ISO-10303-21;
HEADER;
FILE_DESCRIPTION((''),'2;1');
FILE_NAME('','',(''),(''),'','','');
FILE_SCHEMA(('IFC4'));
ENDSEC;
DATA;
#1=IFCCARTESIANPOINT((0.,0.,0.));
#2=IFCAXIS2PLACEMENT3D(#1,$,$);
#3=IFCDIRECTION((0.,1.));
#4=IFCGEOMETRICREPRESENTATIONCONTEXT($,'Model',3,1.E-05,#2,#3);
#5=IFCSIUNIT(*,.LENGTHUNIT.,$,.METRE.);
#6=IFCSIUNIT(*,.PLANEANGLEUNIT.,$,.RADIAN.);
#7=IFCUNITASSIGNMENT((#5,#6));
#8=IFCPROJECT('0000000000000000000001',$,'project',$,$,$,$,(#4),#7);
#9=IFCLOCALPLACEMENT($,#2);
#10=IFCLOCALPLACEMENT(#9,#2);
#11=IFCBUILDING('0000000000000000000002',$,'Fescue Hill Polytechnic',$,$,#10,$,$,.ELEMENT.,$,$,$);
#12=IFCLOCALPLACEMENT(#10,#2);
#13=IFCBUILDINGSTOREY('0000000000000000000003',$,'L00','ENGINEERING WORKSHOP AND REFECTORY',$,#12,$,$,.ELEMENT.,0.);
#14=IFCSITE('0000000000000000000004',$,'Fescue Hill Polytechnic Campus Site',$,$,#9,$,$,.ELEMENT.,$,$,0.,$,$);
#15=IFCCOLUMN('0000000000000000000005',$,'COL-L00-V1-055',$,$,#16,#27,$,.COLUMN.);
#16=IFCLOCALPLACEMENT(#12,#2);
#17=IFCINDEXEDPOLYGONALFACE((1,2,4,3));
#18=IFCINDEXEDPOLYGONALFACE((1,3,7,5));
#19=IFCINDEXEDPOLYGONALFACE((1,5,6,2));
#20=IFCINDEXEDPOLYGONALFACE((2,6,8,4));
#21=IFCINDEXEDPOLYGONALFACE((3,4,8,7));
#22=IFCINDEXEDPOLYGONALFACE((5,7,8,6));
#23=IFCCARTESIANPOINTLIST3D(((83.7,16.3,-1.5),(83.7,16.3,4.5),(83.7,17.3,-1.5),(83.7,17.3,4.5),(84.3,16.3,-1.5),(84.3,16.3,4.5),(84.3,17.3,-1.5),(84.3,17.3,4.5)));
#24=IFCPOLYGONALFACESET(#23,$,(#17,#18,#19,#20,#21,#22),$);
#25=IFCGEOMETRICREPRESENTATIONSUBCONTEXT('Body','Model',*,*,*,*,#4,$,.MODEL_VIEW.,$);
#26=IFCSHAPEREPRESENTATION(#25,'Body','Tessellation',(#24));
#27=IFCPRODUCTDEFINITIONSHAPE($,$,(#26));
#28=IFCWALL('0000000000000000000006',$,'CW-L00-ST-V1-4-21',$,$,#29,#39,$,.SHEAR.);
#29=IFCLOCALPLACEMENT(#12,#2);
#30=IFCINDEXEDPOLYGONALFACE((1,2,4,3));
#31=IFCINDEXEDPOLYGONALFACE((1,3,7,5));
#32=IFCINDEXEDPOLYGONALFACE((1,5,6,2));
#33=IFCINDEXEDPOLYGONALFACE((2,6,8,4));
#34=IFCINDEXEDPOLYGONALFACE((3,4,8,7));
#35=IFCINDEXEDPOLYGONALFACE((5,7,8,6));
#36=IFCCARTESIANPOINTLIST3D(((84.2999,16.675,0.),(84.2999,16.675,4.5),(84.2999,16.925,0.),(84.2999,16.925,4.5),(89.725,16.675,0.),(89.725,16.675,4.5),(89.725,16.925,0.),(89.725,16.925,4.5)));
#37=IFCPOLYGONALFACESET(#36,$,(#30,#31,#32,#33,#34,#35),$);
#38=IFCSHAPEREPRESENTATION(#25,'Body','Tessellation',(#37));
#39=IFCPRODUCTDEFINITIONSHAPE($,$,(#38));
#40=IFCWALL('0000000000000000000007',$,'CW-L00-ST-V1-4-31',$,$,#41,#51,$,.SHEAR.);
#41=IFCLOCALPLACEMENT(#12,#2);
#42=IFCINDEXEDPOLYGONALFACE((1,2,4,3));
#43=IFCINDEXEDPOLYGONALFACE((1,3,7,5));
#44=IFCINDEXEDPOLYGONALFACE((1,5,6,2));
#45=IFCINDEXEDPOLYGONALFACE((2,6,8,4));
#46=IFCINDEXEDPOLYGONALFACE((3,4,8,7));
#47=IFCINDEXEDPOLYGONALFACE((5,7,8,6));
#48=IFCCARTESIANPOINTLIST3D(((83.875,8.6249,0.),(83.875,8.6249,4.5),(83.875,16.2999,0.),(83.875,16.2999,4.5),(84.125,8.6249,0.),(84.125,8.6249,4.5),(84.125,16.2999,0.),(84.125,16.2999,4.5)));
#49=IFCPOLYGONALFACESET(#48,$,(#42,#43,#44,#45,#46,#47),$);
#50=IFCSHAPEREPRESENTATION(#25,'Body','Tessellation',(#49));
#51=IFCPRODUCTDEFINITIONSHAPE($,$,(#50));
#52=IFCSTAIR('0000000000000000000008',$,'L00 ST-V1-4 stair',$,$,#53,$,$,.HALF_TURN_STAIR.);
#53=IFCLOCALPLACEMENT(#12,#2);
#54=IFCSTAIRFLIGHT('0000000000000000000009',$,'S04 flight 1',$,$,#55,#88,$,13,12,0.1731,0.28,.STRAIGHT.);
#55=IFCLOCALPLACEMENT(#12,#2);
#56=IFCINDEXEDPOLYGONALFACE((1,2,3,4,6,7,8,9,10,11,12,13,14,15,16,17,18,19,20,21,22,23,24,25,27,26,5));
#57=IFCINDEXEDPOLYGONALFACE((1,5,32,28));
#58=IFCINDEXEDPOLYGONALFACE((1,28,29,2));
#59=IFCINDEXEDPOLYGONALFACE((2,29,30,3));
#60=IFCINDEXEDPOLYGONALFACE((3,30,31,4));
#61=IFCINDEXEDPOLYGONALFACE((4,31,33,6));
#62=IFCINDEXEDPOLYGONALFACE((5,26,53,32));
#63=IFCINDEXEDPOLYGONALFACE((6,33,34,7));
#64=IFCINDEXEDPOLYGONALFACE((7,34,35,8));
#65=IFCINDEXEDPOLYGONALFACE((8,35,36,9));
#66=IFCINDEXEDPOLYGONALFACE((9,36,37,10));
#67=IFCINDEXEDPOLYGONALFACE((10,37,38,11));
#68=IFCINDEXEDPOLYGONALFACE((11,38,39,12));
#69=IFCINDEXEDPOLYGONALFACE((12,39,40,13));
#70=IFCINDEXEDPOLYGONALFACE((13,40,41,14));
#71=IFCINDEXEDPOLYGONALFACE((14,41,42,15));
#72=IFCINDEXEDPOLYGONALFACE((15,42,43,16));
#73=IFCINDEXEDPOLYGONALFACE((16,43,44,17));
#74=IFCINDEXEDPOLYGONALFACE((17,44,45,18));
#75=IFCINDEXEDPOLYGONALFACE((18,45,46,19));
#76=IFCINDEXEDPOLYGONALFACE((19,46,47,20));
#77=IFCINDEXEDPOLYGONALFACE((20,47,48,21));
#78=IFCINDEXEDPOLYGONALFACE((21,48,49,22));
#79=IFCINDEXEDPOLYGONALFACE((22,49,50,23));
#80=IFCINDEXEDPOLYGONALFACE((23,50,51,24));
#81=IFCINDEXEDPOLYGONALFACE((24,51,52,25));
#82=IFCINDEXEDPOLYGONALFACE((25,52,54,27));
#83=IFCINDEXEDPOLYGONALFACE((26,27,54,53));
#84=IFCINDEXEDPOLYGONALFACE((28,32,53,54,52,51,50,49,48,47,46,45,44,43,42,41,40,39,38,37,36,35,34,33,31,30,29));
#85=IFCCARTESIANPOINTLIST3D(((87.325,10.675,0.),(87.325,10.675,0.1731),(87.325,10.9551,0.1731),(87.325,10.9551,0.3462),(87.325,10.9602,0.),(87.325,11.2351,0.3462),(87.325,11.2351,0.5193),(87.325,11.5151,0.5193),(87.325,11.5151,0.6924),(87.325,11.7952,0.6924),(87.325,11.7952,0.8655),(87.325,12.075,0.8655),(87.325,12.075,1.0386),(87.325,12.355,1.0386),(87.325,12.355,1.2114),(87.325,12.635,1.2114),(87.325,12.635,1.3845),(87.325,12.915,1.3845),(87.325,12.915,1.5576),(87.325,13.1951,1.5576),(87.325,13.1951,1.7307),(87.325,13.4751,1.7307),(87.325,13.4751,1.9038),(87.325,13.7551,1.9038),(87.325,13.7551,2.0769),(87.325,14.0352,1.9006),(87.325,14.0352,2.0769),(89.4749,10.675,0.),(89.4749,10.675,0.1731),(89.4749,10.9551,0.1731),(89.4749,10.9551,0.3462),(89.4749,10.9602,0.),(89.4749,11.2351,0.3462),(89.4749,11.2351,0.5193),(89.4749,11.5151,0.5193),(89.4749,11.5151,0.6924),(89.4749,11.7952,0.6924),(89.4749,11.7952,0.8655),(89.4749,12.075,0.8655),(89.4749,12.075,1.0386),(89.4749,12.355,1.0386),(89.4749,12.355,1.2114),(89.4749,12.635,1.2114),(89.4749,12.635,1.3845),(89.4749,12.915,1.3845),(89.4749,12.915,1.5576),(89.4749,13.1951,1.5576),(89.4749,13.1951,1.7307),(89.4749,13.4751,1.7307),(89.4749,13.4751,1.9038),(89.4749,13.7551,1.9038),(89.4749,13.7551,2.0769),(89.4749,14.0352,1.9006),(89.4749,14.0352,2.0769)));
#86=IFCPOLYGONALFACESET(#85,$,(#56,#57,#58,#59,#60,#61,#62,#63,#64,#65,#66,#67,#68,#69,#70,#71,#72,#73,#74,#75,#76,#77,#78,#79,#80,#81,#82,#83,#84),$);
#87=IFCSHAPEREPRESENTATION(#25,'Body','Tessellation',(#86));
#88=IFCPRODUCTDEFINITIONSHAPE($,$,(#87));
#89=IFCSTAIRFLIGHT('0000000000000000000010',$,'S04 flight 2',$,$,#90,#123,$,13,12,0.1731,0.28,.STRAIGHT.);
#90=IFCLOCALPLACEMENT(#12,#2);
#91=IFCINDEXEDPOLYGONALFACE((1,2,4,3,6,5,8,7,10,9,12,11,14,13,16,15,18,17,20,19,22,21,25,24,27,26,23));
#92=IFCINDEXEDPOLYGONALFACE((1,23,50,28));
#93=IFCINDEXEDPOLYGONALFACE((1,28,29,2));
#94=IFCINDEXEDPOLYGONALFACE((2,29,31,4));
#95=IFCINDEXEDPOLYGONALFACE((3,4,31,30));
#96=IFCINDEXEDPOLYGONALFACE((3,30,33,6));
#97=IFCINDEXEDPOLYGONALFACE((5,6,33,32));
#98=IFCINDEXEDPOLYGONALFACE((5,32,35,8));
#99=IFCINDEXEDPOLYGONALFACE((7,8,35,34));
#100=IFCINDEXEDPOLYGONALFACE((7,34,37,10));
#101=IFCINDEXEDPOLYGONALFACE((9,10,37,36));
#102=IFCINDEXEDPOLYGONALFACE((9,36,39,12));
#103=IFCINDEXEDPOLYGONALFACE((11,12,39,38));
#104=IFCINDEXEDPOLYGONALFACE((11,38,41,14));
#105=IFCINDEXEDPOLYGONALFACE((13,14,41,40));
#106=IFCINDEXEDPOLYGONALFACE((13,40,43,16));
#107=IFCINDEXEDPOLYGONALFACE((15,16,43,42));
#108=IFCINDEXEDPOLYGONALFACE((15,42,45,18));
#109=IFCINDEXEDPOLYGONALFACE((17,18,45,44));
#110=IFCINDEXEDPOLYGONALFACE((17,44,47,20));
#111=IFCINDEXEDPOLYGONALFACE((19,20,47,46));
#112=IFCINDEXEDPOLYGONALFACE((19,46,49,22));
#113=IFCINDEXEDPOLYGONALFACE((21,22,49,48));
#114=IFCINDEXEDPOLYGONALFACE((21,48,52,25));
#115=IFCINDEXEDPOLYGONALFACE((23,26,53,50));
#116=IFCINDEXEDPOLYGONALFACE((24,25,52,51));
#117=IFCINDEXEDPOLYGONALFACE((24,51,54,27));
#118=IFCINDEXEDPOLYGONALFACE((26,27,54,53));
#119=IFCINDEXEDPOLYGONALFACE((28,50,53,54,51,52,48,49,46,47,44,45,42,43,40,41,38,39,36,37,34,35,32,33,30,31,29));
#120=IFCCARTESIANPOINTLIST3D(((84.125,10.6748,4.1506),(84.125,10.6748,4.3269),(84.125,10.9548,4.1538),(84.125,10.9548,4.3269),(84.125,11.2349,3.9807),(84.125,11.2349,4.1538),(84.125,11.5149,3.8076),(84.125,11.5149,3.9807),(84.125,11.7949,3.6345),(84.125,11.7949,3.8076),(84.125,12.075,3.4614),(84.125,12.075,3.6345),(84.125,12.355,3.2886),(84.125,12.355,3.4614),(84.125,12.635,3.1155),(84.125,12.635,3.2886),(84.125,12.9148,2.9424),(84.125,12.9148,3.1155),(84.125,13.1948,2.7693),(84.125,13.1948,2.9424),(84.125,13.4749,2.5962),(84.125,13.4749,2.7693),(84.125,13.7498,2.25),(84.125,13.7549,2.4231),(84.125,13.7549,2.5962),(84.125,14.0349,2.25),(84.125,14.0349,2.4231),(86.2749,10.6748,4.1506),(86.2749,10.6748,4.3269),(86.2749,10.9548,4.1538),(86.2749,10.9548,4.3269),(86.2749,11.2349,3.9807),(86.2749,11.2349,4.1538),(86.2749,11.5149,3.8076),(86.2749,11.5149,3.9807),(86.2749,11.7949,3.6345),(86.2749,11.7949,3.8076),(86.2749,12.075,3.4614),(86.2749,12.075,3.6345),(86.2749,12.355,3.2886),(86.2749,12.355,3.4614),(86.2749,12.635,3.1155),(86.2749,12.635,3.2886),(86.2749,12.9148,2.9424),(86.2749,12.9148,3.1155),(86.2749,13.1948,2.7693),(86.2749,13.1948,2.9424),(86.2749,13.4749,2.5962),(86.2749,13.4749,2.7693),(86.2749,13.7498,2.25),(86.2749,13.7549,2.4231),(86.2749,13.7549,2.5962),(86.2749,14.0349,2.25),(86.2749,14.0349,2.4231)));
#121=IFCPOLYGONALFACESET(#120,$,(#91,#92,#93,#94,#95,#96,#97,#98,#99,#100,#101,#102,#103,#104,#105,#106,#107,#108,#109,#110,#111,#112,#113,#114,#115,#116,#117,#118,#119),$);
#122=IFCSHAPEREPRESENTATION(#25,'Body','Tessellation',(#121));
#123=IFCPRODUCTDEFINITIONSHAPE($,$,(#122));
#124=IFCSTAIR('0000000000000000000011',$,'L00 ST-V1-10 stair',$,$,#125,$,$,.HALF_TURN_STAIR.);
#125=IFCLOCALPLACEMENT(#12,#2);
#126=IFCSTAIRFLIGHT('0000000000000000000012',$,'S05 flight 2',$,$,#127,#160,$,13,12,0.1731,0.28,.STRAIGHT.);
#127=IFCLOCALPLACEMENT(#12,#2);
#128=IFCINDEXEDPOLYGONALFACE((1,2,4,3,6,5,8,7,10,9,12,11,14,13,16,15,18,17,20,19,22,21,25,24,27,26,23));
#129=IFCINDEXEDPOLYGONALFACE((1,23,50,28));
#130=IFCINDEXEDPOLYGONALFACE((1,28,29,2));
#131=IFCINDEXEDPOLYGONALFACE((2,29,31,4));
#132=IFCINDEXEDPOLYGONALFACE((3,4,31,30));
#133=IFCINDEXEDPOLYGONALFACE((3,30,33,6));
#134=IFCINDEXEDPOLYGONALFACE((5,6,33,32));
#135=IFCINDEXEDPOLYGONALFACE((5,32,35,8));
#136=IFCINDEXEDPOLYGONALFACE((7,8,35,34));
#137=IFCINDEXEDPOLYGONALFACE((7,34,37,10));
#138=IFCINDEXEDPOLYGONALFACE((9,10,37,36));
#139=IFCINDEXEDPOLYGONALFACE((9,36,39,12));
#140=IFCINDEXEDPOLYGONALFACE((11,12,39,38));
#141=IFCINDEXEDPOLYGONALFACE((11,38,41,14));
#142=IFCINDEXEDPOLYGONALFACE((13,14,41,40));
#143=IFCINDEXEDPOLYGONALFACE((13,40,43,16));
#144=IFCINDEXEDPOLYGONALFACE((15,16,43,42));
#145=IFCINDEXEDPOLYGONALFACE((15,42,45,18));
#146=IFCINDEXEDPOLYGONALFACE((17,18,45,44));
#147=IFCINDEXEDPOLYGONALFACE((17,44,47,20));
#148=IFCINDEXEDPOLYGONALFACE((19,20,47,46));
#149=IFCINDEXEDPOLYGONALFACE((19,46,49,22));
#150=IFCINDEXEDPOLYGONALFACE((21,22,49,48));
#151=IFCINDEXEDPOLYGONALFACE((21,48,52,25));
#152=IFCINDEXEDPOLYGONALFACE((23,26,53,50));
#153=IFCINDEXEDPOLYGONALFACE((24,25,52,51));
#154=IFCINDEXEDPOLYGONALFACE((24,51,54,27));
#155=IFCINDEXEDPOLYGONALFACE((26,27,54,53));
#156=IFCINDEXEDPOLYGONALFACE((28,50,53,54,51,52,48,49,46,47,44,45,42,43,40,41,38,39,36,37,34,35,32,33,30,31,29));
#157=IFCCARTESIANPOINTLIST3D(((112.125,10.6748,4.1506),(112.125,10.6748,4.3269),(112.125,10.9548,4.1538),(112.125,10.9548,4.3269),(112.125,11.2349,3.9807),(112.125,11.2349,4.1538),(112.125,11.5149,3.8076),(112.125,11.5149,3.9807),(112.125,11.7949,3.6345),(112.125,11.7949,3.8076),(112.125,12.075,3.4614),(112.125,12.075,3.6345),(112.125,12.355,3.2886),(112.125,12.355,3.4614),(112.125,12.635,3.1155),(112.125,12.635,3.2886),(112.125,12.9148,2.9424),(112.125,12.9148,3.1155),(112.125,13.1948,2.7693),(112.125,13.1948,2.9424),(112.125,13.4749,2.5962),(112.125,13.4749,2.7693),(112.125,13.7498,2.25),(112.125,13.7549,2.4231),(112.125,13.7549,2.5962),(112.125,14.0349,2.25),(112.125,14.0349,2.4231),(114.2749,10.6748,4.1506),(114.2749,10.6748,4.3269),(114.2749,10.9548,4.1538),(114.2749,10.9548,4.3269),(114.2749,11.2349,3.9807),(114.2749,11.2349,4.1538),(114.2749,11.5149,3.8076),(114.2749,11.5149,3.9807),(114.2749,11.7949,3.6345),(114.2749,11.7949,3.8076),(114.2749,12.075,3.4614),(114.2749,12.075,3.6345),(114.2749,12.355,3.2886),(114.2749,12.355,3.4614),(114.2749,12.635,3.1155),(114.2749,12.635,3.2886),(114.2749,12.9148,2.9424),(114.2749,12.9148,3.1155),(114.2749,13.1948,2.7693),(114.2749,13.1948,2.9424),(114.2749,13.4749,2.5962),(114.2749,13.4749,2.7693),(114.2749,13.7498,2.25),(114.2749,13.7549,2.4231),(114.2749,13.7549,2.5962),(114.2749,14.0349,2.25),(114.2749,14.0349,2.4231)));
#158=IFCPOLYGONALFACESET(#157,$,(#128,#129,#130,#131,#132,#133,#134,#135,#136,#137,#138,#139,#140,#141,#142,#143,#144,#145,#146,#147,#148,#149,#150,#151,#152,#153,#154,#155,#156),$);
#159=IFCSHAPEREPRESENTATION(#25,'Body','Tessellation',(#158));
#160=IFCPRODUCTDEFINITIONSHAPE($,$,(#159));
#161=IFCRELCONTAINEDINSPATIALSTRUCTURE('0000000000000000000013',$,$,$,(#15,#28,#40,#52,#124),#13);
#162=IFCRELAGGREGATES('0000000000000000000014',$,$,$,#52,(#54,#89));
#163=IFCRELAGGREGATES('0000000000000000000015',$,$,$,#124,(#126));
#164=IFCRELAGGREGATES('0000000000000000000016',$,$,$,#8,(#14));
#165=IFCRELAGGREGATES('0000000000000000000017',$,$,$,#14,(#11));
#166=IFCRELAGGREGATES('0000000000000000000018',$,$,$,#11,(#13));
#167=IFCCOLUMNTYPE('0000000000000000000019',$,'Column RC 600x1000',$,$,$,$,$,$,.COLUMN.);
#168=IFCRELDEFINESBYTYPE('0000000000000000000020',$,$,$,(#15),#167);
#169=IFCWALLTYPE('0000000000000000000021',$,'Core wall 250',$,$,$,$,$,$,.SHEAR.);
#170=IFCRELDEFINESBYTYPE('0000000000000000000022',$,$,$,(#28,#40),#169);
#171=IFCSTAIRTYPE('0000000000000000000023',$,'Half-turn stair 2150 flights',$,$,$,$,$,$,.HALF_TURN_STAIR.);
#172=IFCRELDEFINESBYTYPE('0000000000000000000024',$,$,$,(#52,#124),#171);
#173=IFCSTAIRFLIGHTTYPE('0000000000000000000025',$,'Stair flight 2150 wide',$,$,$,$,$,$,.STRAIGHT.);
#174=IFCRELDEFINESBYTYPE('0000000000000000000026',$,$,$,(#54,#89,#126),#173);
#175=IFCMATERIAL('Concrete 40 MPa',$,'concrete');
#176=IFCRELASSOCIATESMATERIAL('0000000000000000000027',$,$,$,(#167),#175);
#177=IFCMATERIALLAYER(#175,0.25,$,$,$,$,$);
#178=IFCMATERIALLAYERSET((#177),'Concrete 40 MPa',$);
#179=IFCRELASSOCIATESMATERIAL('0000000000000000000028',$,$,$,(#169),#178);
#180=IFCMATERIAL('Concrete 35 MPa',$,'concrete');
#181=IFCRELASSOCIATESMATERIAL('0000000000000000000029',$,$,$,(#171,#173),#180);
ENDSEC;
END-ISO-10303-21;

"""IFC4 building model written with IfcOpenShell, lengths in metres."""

from ifc_helpers import new_model, si_unit, direction, frame, frame_2d, origin, origin_2d, place, context, subcontext, project, spatial, polyline, rectangle, outline, extrude, material, layer, layer_set, material_profile, profile_set, type_object, element, aggregate, save


model = new_model("IFC4")

# Units and contexts
model_context = context("Model", 3, precision=1e-05, world=origin(), true_north=direction((0.0, 1.0)))
body_context = subcontext(model_context, "Body", "Model", "MODEL_VIEW")
ifc_project = project(units=[si_unit("LENGTHUNIT", "METRE"), si_unit("PLANEANGLEUNIT", "RADIAN")], contexts=[model_context])

# Site, building, storey
site_placement = place(None, origin())
site = spatial("IfcSite", under=ifc_project, at=site_placement, Name="Fescue Hill Polytechnic Campus Site", CompositionType="ELEMENT", RefElevation=0.0)
building_placement = place(site_placement, origin())
building = spatial("IfcBuilding", under=site, at=building_placement, Name="Fescue Hill Polytechnic", CompositionType="ELEMENT")
storey_placement = place(building_placement, origin())
storey = spatial("IfcBuildingStorey", under=building, at=storey_placement, Name="L00", Description="ENGINEERING WORKSHOP AND REFECTORY", CompositionType="ELEMENT", Elevation=0.0)

# Column
ifc_material_1 = material(Name="Concrete 40 MPa", Category="concrete")
ifc_material_profile = material_profile(ifc_material_1, rectangle(XDim=0.6001, YDim=1.0, at=origin_2d()), Name="RC 600x1000")
ifc_profile_set = profile_set([ifc_material_profile], Name="Concrete 40 MPa")
column_type = type_object("IfcColumnType", Name="Column RC 600x1000", PredefinedType="COLUMN", material=ifc_profile_set)
column_placement = place(storey_placement, frame((84.0, 16.8, -1.5), z_axis=(0.0, 0.0, 1.0), x_axis=(1.0, 0.0, 0.0)))
element("IfcColumn", 1, at=column_placement, inside=storey, type_object=column_type, Name="COL-L00-V1-055", PredefinedType="COLUMN", context=body_context, shape_type="SweptSolid", body=[
    extrude(rectangle(XDim=0.6001, YDim=1.0, at=origin_2d()), origin(), (0.0, 0.0, 1.0), 6.0),
])

# Walls
ifc_layer = layer(ifc_material_1, 0.25)
ifc_layer_set = layer_set([ifc_layer], Name="Concrete 40 MPa")
wall_type = type_object("IfcWallType", Name="Core wall 250", PredefinedType="SHEAR", material=ifc_layer_set)
wall_1_placement = place(storey_placement, frame((84.3, 16.8, 0.0), z_axis=(0.0, 0.0, 1.0), x_axis=(1.0, 0.0, 0.0)))
element("IfcWall", 2, at=wall_1_placement, inside=storey, type_object=wall_type, Name="CW-L00-ST-V1-4-21", PredefinedType="SHEAR", context=body_context, shape_type="SweptSolid", body=[
    extrude(rectangle(XDim=5.425, YDim=0.25, at=frame_2d((2.7124, 0.0))), origin(), (0.0, 0.0, 1.0), 4.5),
])
wall_2_placement = place(storey_placement, frame((84.0, 8.625, 0.0), z_axis=(0.0, 0.0, 1.0), x_axis=(0.0, 1.0, 0.0)))
element("IfcWall", 3, at=wall_2_placement, inside=storey, type_object=wall_type, Name="CW-L00-ST-V1-4-31", PredefinedType="SHEAR", context=body_context, shape_type="SweptSolid", body=[
    extrude(rectangle(XDim=7.675, YDim=0.25, at=frame_2d((3.8374, 0.0))), origin(), (0.0, 0.0, 1.0), 4.5),
])

# Stair, stair flights
ifc_material_2 = material(Name="Concrete 35 MPa", Category="concrete")
stair_type = type_object("IfcStairType", Name="Half-turn stair 2150 flights", PredefinedType="HALF_TURN_STAIR", material=ifc_material_2)
stair_1_placement = place(storey_placement, origin())
stair_1 = element("IfcStair", 4, at=stair_1_placement, inside=storey, type_object=stair_type, Name="L00 ST-V1-4 stair", PredefinedType="HALF_TURN_STAIR")
stair_flight_type = type_object("IfcStairFlightType", Name="Stair flight 2150 wide", PredefinedType="STRAIGHT", material=ifc_material_2)
stair_flight_1_placement = place(storey_placement, frame((88.3999, 10.675, 0.0), z_axis=(0.0, 0.0, 1.0), x_axis=(0.0, 1.0, 0.0)))
stair_flight_1 = element("IfcStairFlight", 5, at=stair_flight_1_placement, type_object=stair_flight_type, Name="S04 flight 1", NumberOfRisers=13, NumberOfTreads=12, PredefinedType="STRAIGHT", RiserHeight=0.1731, TreadLength=0.28, context=body_context, shape_type="SweptSolid", body=[
    extrude(outline(polyline([(0.0, 0.0), (0.0, 0.1731), (0.28, 0.1731), (0.28, 0.3462), (0.5601, 0.3462), (0.5601, 0.5193), (0.8401, 0.5193), (0.8401, 0.6924), (1.1201, 0.6924), (1.1201, 0.8655), (1.3999, 0.8655), (1.3999, 1.0386), (1.6799, 1.0386), (1.6799, 1.2114), (1.96, 1.2114), (1.96, 1.3845), (2.24, 1.3845), (2.24, 1.5576), (2.52, 1.5576), (2.52, 1.7307), (2.8, 1.7307), (2.8, 1.9038), (3.0801, 1.9038), (3.0801, 2.0769), (3.3601, 2.0769), (3.3601, 2.25), (3.3601, 1.9006), (0.2852, 0.0), (0.0, 0.0)])), frame((0.0, 1.075, 0.0), z_axis=(0.0, -1.0, 0.0), x_axis=(1.0, 0.0, 0.0)), (0.0, 0.0, 1.0), 2.1499),
])
stair_flight_2_placement = place(storey_placement, frame((85.2, 14.0349, 2.25), z_axis=(0.0, 0.0, 1.0), x_axis=(0.0, -1.0, 0.0)))
stair_flight_2 = element("IfcStairFlight", 6, at=stair_flight_2_placement, type_object=stair_flight_type, Name="S04 flight 2", NumberOfRisers=13, NumberOfTreads=12, PredefinedType="STRAIGHT", RiserHeight=0.1731, TreadLength=0.28, context=body_context, shape_type="SweptSolid", body=[
    extrude(outline(polyline([(0.0, 0.0), (0.0, 0.1731), (0.28, 0.1731), (0.28, 0.3462), (0.5601, 0.3462), (0.5601, 0.5193), (0.8401, 0.5193), (0.8401, 0.6924), (1.1201, 0.6924), (1.1201, 0.8655), (1.3999, 0.8655), (1.3999, 1.0386), (1.6799, 1.0386), (1.6799, 1.2114), (1.96, 1.2114), (1.96, 1.3845), (2.24, 1.3845), (2.24, 1.5576), (2.52, 1.5576), (2.52, 1.7307), (2.8, 1.7307), (2.8, 1.9038), (3.0801, 1.9038), (3.0801, 2.0769), (3.3601, 2.0769), (3.3601, 2.25), (3.3601, 1.9006), (0.2852, 0.0), (0.0, 0.0)])), frame((0.0, 1.075, 0.0), z_axis=(0.0, -1.0, 0.0), x_axis=(1.0, 0.0, 0.0)), (0.0, 0.0, 1.0), 2.1499),
])
aggregate(stair_1, [stair_flight_1, stair_flight_2])

# Stair, stair flight
stair_2_placement = place(storey_placement, origin())
stair_2 = element("IfcStair", 7, at=stair_2_placement, inside=storey, type_object=stair_type, Name="L00 ST-V1-10 stair", PredefinedType="HALF_TURN_STAIR")
stair_flight_3_placement = place(storey_placement, frame((113.2, 14.0349, 2.25), z_axis=(0.0, 0.0, 1.0), x_axis=(0.0, -1.0, 0.0)))
stair_flight_3 = element("IfcStairFlight", 8, at=stair_flight_3_placement, type_object=stair_flight_type, Name="S05 flight 2", NumberOfRisers=13, NumberOfTreads=12, PredefinedType="STRAIGHT", RiserHeight=0.1731, TreadLength=0.28, context=body_context, shape_type="SweptSolid", body=[
    extrude(outline(polyline([(0.0, 0.0), (0.0, 0.1731), (0.28, 0.1731), (0.28, 0.3462), (0.5601, 0.3462), (0.5601, 0.5193), (0.8401, 0.5193), (0.8401, 0.6924), (1.1201, 0.6924), (1.1201, 0.8655), (1.3999, 0.8655), (1.3999, 1.0386), (1.6799, 1.0386), (1.6799, 1.2114), (1.96, 1.2114), (1.96, 1.3845), (2.24, 1.3845), (2.24, 1.5576), (2.52, 1.5576), (2.52, 1.7307), (2.8, 1.7307), (2.8, 1.9038), (3.0801, 1.9038), (3.0801, 2.0769), (3.3601, 2.0769), (3.3601, 2.25), (3.3601, 1.9006), (0.2852, 0.0), (0.0, 0.0)])), frame((0.0, 1.075, 0.0), z_axis=(0.0, -1.0, 0.0), x_axis=(1.0, 0.0, 0.0)), (0.0, 0.0, 1.0), 2.1499),
])
aggregate(stair_2, [stair_flight_3])

save(model, "model.ifc")
